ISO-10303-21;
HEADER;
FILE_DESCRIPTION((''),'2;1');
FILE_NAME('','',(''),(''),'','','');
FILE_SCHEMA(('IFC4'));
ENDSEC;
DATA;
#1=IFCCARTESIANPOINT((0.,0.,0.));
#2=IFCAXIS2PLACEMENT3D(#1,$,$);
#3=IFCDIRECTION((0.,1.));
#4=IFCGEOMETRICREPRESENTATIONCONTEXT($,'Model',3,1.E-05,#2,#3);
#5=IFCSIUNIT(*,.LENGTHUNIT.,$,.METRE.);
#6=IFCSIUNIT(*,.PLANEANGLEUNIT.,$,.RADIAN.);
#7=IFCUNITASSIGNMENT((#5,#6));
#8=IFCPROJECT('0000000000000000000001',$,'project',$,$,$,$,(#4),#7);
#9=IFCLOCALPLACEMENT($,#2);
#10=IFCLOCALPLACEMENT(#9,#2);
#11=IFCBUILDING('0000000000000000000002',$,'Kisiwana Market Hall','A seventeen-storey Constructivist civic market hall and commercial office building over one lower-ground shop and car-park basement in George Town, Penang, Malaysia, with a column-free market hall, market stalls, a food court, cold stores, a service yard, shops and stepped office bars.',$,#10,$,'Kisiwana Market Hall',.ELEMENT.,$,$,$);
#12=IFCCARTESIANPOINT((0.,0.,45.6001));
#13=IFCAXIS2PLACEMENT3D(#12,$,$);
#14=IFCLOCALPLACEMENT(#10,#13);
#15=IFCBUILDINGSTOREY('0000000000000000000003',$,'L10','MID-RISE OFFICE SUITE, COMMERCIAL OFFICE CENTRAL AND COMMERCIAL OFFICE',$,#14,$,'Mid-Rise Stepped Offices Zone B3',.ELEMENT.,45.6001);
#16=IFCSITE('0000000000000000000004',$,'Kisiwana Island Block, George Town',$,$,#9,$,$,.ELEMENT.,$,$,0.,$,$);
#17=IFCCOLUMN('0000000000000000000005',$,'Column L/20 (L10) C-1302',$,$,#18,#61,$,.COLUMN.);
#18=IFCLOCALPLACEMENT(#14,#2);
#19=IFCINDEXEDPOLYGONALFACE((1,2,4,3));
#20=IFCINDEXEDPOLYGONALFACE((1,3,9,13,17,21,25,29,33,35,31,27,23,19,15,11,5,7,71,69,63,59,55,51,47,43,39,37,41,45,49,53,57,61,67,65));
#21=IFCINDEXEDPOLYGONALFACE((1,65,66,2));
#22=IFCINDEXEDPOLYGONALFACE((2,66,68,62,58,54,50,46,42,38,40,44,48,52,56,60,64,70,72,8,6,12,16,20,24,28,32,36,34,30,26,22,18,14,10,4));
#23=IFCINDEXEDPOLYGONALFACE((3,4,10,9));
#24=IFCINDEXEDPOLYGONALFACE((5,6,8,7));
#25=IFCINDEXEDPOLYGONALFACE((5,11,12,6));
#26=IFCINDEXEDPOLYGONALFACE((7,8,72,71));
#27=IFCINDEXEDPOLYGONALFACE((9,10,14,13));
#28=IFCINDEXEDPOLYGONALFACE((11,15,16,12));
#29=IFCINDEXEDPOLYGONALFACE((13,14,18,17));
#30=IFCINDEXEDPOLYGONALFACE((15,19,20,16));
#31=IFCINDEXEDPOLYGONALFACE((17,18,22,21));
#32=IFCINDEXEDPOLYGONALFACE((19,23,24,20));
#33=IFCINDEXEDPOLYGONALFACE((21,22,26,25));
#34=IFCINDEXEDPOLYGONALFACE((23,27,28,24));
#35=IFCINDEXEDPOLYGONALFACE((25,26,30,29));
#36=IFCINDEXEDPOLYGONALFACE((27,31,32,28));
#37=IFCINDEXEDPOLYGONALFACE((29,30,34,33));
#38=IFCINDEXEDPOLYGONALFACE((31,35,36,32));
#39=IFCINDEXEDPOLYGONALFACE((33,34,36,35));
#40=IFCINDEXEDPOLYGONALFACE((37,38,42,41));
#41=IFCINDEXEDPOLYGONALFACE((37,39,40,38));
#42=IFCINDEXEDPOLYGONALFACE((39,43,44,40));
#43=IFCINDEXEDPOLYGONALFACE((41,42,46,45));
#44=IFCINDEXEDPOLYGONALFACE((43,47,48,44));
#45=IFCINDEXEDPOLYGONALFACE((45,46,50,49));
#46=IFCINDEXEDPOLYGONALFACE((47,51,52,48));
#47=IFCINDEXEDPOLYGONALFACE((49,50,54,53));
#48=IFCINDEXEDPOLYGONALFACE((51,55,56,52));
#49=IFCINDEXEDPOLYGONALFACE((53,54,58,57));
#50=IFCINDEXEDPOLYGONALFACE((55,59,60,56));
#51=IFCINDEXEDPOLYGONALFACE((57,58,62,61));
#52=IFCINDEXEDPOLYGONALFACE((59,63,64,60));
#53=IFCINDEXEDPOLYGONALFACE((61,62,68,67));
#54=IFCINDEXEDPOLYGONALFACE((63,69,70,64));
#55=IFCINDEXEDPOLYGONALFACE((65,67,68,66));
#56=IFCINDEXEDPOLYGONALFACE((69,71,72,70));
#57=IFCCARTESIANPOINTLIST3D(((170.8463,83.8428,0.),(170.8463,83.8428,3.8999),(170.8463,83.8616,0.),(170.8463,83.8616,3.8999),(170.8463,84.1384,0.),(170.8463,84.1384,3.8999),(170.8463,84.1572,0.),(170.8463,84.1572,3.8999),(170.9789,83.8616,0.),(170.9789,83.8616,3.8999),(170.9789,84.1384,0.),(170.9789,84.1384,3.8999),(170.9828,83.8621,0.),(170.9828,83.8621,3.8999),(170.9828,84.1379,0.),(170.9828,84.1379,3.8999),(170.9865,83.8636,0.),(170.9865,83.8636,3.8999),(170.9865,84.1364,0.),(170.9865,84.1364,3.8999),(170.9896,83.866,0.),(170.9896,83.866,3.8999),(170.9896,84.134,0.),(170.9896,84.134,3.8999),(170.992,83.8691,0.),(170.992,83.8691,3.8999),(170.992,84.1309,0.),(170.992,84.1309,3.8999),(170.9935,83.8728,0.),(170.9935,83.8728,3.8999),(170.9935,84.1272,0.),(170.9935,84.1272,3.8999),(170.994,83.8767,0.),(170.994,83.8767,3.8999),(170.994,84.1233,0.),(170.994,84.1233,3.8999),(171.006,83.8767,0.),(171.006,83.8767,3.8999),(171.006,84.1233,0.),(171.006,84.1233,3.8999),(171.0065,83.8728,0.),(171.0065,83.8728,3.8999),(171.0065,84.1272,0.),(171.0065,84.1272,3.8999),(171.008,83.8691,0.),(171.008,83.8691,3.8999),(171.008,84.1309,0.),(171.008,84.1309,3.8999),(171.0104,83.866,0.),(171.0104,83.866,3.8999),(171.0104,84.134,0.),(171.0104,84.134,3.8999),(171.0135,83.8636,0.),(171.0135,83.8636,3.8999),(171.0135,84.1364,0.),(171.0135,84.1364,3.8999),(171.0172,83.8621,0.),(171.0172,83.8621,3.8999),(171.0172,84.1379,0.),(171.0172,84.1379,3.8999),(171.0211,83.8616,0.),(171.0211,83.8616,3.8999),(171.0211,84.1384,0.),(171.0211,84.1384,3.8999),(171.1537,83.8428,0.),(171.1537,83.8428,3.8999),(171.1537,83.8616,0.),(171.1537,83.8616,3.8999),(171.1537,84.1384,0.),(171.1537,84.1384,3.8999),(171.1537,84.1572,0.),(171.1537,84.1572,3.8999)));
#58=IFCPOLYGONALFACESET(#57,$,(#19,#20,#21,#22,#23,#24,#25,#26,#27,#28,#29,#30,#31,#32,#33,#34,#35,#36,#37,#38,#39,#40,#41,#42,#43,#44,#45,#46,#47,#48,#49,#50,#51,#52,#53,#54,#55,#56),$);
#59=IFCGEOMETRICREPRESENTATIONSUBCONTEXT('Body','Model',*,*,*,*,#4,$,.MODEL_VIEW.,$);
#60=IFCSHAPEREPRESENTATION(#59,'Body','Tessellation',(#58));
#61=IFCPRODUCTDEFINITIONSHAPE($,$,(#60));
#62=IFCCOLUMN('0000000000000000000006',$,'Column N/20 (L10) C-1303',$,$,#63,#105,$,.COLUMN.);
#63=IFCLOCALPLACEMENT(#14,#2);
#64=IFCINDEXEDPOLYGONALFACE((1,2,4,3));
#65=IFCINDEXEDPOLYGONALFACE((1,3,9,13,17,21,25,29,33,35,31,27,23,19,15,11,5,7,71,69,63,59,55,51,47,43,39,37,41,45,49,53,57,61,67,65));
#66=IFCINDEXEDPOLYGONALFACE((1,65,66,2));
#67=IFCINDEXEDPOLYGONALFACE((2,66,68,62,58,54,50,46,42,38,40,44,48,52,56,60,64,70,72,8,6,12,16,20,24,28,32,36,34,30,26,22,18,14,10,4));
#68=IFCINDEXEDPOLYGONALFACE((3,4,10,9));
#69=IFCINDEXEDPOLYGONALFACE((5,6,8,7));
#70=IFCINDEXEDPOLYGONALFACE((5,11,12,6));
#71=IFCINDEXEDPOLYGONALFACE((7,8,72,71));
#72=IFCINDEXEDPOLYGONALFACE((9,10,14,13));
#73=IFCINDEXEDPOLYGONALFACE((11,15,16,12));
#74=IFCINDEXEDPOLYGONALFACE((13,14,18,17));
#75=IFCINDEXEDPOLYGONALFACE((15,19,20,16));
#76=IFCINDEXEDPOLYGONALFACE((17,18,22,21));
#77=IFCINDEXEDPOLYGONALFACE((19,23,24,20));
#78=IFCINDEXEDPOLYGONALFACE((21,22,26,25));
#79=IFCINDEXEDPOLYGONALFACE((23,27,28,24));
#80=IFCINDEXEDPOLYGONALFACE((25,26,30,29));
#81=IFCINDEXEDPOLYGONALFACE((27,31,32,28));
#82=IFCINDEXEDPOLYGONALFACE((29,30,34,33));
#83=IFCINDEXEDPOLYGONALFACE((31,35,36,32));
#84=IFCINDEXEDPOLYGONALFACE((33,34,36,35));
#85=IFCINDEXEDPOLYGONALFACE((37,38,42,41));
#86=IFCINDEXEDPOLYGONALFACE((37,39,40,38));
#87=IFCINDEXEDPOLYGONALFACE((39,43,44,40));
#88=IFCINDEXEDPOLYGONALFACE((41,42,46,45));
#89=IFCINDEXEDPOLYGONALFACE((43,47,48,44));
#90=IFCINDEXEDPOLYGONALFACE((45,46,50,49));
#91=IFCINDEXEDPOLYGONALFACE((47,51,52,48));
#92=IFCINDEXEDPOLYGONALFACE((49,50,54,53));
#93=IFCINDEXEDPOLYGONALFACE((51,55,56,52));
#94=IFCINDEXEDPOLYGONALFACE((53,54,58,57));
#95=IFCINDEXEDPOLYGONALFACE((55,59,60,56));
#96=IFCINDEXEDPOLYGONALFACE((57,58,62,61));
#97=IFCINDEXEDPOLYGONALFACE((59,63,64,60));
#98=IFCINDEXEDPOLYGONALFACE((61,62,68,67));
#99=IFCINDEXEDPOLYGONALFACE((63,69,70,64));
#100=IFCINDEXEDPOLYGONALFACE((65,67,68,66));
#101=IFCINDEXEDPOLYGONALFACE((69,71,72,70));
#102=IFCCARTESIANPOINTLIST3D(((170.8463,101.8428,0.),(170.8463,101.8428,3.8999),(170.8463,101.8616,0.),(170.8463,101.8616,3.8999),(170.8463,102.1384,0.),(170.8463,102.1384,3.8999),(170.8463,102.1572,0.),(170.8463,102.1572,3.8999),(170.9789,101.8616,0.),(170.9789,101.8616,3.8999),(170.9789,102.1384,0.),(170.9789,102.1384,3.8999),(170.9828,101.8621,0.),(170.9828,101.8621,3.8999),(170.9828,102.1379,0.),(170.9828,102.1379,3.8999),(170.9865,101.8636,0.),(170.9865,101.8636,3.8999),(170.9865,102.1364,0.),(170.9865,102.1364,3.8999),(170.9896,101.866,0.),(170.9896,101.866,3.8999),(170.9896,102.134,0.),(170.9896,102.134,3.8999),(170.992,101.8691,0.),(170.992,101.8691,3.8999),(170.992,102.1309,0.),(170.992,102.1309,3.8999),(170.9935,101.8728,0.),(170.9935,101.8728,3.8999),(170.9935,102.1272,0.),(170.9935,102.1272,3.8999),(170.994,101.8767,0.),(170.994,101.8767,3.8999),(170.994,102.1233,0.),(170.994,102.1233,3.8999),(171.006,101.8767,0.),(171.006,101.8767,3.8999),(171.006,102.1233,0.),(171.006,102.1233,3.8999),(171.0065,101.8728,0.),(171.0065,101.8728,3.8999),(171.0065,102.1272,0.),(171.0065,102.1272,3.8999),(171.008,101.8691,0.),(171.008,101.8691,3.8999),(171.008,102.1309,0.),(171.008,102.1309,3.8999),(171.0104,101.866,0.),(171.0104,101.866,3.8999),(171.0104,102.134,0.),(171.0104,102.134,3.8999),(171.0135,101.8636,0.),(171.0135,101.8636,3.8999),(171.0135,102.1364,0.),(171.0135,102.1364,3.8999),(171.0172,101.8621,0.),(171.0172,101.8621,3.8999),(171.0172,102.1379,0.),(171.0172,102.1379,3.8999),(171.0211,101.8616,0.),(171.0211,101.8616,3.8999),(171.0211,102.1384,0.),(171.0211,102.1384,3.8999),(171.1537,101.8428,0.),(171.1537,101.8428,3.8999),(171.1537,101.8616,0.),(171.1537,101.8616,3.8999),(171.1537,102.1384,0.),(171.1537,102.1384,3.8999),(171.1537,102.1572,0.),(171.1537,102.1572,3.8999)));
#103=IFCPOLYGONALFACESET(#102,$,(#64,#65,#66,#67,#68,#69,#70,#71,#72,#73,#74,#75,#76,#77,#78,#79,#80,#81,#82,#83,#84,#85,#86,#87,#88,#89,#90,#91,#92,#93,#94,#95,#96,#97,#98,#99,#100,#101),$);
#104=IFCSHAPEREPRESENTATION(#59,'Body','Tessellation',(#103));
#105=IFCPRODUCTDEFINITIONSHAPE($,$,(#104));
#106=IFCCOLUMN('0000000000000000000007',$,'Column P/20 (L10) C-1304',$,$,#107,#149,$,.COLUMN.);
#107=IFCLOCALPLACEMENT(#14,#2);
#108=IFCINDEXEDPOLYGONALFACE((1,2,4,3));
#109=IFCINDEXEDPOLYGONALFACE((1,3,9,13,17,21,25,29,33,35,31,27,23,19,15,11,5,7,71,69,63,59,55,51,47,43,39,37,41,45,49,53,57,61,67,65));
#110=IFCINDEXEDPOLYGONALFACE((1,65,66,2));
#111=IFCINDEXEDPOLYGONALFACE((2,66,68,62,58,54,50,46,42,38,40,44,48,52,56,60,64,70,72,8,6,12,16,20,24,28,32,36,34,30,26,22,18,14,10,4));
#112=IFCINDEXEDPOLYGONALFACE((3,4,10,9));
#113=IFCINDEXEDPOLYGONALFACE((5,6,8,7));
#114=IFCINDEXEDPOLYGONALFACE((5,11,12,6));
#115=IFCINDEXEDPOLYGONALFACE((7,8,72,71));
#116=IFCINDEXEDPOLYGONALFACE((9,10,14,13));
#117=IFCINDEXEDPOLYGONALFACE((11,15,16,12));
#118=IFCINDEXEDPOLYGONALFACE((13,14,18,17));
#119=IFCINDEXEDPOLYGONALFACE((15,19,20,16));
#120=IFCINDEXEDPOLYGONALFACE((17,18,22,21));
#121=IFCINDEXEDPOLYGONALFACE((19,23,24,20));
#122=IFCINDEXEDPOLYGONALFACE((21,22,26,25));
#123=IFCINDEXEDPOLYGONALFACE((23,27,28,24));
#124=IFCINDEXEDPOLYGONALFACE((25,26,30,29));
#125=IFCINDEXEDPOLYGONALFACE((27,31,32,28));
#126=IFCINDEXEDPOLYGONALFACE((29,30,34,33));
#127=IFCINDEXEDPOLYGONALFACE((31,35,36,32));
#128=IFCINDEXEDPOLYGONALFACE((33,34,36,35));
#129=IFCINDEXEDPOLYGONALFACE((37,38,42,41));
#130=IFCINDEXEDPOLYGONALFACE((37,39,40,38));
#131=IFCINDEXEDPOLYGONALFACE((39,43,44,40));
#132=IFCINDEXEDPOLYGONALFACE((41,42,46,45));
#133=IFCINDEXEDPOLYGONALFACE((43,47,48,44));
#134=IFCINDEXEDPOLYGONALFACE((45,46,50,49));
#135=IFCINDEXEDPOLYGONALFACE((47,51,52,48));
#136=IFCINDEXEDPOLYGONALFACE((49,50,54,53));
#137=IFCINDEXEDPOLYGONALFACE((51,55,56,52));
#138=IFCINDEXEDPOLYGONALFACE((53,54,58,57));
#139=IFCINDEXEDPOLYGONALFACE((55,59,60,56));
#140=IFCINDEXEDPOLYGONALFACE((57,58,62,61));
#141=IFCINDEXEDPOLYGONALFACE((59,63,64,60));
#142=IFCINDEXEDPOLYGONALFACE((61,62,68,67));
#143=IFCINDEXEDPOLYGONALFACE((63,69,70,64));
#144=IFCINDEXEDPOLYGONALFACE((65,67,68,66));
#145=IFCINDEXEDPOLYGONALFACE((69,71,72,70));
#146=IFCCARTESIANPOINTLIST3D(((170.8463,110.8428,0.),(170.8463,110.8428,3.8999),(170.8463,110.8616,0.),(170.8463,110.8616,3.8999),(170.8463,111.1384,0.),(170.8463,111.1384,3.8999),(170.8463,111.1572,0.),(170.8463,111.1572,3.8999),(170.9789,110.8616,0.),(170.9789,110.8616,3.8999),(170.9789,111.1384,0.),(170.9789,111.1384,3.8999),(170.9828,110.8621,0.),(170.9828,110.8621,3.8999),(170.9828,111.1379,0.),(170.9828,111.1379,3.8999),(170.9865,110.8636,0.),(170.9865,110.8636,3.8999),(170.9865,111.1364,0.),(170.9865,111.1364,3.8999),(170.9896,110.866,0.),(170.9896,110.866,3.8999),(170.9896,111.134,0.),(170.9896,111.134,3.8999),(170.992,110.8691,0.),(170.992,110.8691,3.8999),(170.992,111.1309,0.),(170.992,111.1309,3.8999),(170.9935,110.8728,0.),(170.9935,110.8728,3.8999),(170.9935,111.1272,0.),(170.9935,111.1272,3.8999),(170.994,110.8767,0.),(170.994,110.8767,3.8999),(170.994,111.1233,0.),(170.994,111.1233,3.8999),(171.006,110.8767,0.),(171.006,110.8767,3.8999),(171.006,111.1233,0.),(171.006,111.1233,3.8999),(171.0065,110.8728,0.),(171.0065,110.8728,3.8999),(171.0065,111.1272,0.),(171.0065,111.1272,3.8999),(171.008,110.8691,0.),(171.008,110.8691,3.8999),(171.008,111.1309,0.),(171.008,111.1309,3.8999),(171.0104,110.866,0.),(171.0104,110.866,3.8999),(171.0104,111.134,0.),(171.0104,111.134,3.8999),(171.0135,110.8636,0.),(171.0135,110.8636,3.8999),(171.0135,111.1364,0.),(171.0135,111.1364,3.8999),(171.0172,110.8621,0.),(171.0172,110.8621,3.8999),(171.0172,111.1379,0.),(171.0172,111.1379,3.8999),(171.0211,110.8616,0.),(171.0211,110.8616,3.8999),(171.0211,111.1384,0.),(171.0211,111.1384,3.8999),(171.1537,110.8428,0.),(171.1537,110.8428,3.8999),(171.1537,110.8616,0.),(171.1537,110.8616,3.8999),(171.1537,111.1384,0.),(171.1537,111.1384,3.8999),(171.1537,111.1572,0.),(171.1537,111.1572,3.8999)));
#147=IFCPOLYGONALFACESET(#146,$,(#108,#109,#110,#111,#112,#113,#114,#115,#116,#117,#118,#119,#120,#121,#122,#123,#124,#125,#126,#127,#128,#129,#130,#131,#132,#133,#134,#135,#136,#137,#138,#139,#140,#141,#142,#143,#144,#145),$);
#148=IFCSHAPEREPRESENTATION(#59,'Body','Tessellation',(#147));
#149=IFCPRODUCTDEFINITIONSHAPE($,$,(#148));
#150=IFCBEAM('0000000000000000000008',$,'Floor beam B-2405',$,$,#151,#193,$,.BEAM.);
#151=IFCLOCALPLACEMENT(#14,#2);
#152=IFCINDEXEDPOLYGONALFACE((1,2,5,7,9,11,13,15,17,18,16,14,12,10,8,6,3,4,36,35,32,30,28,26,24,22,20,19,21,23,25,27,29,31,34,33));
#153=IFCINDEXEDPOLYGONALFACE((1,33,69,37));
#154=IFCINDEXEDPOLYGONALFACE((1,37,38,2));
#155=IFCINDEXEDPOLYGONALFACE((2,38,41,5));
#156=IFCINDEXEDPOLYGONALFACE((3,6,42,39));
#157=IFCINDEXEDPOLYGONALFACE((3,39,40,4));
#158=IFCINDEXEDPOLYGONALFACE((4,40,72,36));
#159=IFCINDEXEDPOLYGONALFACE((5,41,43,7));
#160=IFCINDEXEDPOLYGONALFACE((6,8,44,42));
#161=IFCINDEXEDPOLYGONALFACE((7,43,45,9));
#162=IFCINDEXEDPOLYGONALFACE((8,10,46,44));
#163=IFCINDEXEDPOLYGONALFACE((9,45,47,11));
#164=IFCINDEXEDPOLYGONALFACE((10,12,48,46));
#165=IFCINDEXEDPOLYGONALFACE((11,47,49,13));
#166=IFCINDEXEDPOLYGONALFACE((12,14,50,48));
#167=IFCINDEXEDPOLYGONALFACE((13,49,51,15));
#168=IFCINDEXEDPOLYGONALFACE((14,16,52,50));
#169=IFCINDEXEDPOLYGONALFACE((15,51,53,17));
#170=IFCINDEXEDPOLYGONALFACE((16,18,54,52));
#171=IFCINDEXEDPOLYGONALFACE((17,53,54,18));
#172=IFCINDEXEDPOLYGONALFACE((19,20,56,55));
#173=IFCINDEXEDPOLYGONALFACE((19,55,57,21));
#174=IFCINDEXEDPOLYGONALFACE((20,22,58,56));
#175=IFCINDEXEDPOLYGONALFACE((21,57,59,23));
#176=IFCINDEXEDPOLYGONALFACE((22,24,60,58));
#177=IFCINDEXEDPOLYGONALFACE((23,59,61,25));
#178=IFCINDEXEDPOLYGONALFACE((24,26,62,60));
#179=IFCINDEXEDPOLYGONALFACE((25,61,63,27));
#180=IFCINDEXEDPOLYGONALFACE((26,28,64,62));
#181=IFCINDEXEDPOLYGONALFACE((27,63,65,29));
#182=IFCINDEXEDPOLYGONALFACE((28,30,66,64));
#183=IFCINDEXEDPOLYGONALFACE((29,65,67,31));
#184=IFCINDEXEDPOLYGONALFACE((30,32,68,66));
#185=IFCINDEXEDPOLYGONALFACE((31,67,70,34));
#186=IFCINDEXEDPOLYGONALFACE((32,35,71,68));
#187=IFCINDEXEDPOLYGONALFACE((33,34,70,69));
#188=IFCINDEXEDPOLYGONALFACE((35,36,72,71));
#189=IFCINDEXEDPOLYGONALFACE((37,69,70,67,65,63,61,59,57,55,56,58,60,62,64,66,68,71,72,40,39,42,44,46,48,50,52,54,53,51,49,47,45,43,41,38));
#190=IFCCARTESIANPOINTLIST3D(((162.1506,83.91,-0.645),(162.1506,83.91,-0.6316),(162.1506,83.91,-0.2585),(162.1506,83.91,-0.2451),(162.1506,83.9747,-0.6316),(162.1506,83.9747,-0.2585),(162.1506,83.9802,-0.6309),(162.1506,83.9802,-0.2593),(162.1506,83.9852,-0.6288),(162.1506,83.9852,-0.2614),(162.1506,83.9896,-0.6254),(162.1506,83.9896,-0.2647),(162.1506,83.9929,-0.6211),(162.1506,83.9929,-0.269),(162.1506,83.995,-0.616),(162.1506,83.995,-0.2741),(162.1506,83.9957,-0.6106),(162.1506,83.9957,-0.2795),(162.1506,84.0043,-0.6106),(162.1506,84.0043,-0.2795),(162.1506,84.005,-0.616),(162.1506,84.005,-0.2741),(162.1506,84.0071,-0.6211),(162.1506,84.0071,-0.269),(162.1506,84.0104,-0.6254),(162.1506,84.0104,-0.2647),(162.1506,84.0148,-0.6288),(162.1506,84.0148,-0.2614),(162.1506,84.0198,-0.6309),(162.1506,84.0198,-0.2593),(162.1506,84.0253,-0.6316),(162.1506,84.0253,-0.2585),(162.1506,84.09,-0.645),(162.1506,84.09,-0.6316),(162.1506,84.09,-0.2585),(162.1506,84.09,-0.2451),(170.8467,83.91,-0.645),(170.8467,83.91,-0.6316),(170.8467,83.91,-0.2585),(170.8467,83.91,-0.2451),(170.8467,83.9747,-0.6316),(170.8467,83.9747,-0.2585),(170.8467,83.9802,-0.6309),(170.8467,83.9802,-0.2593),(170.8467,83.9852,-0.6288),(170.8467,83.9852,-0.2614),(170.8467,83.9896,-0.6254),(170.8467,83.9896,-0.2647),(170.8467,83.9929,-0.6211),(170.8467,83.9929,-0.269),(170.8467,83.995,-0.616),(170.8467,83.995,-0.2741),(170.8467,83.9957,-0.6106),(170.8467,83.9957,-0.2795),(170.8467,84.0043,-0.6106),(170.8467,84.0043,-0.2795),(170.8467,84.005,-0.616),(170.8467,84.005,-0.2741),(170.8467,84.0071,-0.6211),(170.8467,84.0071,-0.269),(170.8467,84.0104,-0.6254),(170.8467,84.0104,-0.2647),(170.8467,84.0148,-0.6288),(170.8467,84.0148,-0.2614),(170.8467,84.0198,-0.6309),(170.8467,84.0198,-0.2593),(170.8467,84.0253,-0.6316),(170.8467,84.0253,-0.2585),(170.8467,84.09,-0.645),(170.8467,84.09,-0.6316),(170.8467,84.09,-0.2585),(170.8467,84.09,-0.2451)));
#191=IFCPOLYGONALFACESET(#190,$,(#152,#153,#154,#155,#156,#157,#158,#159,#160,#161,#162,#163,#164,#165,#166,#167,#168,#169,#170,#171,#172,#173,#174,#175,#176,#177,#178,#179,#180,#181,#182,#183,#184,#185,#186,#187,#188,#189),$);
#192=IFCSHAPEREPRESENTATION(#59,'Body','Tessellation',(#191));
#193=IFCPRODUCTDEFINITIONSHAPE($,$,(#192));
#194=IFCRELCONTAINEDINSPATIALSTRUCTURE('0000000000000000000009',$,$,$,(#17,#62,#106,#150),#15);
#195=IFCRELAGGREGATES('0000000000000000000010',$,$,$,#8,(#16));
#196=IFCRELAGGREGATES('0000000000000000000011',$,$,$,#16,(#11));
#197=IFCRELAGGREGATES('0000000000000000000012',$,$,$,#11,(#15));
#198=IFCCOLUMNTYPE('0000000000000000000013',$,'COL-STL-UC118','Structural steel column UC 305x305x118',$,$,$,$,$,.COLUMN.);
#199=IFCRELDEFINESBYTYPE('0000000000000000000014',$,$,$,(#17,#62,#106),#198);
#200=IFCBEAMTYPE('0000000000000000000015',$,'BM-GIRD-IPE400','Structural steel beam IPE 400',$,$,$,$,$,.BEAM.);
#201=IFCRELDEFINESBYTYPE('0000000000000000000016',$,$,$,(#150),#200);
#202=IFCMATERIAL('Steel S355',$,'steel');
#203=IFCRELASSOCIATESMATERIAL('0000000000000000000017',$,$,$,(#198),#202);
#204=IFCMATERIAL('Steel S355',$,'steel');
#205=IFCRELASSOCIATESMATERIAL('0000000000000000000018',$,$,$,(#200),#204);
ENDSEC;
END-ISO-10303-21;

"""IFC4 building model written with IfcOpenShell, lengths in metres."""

from ifc_helpers import new_model, si_unit, direction, frame, origin, origin_2d, place, context, subcontext, project, spatial, i_section, extrude, material, material_profile, profile_set, type_object, element, save


model = new_model("IFC4")

# Units and contexts
model_context = context("Model", 3, precision=1e-05, world=origin(), true_north=direction((0.0, 1.0)))
body_context = subcontext(model_context, "Body", "Model", "MODEL_VIEW")
ifc_project = project(units=[si_unit("LENGTHUNIT", "METRE"), si_unit("PLANEANGLEUNIT", "RADIAN")], contexts=[model_context])

# Site, building, storey
site_placement = place(None, origin())
site = spatial("IfcSite", under=ifc_project, at=site_placement, Name="Kisiwana Island Block, George Town", CompositionType="ELEMENT", RefElevation=0.0)
building_placement = place(site_placement, origin())
building = spatial("IfcBuilding", under=site, at=building_placement, Name="Kisiwana Market Hall", Description="A seventeen-storey Constructivist civic market hall and commercial office building over one lower-ground shop and car-park basement in George Town, Penang, Malaysia, with a column-free market hall, market stalls, a food court, cold stores, a service yard, shops and stepped office bars.", LongName="Kisiwana Market Hall", CompositionType="ELEMENT")
storey_placement = place(building_placement, frame((0.0, 0.0, 45.6001)))
storey = spatial("IfcBuildingStorey", under=building, at=storey_placement, Name="L10", Description="MID-RISE OFFICE SUITE, COMMERCIAL OFFICE CENTRAL AND COMMERCIAL OFFICE", LongName="Mid-Rise Stepped Offices Zone B3", CompositionType="ELEMENT", Elevation=45.6001)

# Columns
ifc_material_1 = material(Name="Steel S355", Category="steel")
ifc_material_profile_1 = material_profile(ifc_material_1, i_section(OverallWidth=0.3074, OverallDepth=0.3145, WebThickness=0.012, FlangeThickness=0.0188, FilletRadius=0.0151, at=origin_2d()), Name="UC 305x305x118")
ifc_profile_set_1 = profile_set([ifc_material_profile_1], Name="Steel S355")
column_type = type_object("IfcColumnType", Name="COL-STL-UC118", Description="Structural steel column UC 305x305x118", PredefinedType="COLUMN", material=ifc_profile_set_1)
for number, where, z_axis, x_axis, name in (
    (1, (171.0, 84.0, 0.0), (0.0, 0.0, 1.0), (1.0, 0.0, 0.0), "Column L/20 (L10) C-1302"),
    (2, (171.0, 102.0, 0.0), (0.0, 0.0, 1.0), (1.0, 0.0, 0.0), "Column N/20 (L10) C-1303"),
    (3, (171.0, 111.0, 0.0), (0.0, 0.0, 1.0), (1.0, 0.0, 0.0), "Column P/20 (L10) C-1304"),
):
    element("IfcColumn", number, at=place(storey_placement, frame(where, z_axis=z_axis, x_axis=x_axis)), inside=storey, type_object=column_type, Name=name, PredefinedType="COLUMN", context=body_context, shape_type="SweptSolid", body=[
        extrude(i_section(OverallWidth=0.3074, OverallDepth=0.3145, WebThickness=0.012, FlangeThickness=0.0188, FilletRadius=0.0151, at=origin_2d()), origin(), (0.0, 0.0, 1.0), 3.8999),
    ])

# Beam
ifc_material_2 = material(Name="Steel S355", Category="steel")
ifc_material_profile_2 = material_profile(ifc_material_2, i_section(OverallWidth=0.1799, OverallDepth=0.3999, WebThickness=0.0085, FlangeThickness=0.0134, FilletRadius=0.021, at=origin_2d()), Name="IPE 400")
ifc_profile_set_2 = profile_set([ifc_material_profile_2], Name="Steel S355")
beam_type_1 = type_object("IfcBeamType", Name="BM-GIRD-IPE400", Description="Structural steel beam IPE 400", PredefinedType="BEAM", material=ifc_profile_set_2)
beam_1_placement = place(storey_placement, frame((162.1506, 84.0, -0.4451), z_axis=(1.0, 0.0, 0.0), x_axis=(0.0, 1.0, 0.0)))
element("IfcBeam", 4, at=beam_1_placement, inside=storey, type_object=beam_type_1, Name="Floor beam B-2405", PredefinedType="BEAM", context=body_context, shape_type="SweptSolid", body=[
    extrude(i_section(OverallWidth=0.1799, OverallDepth=0.3999, WebThickness=0.0085, FlangeThickness=0.0134, FilletRadius=0.021, at=origin_2d()), origin(), (0.0, 0.0, 1.0), 8.696),
])

save(model, "model.ifc")
